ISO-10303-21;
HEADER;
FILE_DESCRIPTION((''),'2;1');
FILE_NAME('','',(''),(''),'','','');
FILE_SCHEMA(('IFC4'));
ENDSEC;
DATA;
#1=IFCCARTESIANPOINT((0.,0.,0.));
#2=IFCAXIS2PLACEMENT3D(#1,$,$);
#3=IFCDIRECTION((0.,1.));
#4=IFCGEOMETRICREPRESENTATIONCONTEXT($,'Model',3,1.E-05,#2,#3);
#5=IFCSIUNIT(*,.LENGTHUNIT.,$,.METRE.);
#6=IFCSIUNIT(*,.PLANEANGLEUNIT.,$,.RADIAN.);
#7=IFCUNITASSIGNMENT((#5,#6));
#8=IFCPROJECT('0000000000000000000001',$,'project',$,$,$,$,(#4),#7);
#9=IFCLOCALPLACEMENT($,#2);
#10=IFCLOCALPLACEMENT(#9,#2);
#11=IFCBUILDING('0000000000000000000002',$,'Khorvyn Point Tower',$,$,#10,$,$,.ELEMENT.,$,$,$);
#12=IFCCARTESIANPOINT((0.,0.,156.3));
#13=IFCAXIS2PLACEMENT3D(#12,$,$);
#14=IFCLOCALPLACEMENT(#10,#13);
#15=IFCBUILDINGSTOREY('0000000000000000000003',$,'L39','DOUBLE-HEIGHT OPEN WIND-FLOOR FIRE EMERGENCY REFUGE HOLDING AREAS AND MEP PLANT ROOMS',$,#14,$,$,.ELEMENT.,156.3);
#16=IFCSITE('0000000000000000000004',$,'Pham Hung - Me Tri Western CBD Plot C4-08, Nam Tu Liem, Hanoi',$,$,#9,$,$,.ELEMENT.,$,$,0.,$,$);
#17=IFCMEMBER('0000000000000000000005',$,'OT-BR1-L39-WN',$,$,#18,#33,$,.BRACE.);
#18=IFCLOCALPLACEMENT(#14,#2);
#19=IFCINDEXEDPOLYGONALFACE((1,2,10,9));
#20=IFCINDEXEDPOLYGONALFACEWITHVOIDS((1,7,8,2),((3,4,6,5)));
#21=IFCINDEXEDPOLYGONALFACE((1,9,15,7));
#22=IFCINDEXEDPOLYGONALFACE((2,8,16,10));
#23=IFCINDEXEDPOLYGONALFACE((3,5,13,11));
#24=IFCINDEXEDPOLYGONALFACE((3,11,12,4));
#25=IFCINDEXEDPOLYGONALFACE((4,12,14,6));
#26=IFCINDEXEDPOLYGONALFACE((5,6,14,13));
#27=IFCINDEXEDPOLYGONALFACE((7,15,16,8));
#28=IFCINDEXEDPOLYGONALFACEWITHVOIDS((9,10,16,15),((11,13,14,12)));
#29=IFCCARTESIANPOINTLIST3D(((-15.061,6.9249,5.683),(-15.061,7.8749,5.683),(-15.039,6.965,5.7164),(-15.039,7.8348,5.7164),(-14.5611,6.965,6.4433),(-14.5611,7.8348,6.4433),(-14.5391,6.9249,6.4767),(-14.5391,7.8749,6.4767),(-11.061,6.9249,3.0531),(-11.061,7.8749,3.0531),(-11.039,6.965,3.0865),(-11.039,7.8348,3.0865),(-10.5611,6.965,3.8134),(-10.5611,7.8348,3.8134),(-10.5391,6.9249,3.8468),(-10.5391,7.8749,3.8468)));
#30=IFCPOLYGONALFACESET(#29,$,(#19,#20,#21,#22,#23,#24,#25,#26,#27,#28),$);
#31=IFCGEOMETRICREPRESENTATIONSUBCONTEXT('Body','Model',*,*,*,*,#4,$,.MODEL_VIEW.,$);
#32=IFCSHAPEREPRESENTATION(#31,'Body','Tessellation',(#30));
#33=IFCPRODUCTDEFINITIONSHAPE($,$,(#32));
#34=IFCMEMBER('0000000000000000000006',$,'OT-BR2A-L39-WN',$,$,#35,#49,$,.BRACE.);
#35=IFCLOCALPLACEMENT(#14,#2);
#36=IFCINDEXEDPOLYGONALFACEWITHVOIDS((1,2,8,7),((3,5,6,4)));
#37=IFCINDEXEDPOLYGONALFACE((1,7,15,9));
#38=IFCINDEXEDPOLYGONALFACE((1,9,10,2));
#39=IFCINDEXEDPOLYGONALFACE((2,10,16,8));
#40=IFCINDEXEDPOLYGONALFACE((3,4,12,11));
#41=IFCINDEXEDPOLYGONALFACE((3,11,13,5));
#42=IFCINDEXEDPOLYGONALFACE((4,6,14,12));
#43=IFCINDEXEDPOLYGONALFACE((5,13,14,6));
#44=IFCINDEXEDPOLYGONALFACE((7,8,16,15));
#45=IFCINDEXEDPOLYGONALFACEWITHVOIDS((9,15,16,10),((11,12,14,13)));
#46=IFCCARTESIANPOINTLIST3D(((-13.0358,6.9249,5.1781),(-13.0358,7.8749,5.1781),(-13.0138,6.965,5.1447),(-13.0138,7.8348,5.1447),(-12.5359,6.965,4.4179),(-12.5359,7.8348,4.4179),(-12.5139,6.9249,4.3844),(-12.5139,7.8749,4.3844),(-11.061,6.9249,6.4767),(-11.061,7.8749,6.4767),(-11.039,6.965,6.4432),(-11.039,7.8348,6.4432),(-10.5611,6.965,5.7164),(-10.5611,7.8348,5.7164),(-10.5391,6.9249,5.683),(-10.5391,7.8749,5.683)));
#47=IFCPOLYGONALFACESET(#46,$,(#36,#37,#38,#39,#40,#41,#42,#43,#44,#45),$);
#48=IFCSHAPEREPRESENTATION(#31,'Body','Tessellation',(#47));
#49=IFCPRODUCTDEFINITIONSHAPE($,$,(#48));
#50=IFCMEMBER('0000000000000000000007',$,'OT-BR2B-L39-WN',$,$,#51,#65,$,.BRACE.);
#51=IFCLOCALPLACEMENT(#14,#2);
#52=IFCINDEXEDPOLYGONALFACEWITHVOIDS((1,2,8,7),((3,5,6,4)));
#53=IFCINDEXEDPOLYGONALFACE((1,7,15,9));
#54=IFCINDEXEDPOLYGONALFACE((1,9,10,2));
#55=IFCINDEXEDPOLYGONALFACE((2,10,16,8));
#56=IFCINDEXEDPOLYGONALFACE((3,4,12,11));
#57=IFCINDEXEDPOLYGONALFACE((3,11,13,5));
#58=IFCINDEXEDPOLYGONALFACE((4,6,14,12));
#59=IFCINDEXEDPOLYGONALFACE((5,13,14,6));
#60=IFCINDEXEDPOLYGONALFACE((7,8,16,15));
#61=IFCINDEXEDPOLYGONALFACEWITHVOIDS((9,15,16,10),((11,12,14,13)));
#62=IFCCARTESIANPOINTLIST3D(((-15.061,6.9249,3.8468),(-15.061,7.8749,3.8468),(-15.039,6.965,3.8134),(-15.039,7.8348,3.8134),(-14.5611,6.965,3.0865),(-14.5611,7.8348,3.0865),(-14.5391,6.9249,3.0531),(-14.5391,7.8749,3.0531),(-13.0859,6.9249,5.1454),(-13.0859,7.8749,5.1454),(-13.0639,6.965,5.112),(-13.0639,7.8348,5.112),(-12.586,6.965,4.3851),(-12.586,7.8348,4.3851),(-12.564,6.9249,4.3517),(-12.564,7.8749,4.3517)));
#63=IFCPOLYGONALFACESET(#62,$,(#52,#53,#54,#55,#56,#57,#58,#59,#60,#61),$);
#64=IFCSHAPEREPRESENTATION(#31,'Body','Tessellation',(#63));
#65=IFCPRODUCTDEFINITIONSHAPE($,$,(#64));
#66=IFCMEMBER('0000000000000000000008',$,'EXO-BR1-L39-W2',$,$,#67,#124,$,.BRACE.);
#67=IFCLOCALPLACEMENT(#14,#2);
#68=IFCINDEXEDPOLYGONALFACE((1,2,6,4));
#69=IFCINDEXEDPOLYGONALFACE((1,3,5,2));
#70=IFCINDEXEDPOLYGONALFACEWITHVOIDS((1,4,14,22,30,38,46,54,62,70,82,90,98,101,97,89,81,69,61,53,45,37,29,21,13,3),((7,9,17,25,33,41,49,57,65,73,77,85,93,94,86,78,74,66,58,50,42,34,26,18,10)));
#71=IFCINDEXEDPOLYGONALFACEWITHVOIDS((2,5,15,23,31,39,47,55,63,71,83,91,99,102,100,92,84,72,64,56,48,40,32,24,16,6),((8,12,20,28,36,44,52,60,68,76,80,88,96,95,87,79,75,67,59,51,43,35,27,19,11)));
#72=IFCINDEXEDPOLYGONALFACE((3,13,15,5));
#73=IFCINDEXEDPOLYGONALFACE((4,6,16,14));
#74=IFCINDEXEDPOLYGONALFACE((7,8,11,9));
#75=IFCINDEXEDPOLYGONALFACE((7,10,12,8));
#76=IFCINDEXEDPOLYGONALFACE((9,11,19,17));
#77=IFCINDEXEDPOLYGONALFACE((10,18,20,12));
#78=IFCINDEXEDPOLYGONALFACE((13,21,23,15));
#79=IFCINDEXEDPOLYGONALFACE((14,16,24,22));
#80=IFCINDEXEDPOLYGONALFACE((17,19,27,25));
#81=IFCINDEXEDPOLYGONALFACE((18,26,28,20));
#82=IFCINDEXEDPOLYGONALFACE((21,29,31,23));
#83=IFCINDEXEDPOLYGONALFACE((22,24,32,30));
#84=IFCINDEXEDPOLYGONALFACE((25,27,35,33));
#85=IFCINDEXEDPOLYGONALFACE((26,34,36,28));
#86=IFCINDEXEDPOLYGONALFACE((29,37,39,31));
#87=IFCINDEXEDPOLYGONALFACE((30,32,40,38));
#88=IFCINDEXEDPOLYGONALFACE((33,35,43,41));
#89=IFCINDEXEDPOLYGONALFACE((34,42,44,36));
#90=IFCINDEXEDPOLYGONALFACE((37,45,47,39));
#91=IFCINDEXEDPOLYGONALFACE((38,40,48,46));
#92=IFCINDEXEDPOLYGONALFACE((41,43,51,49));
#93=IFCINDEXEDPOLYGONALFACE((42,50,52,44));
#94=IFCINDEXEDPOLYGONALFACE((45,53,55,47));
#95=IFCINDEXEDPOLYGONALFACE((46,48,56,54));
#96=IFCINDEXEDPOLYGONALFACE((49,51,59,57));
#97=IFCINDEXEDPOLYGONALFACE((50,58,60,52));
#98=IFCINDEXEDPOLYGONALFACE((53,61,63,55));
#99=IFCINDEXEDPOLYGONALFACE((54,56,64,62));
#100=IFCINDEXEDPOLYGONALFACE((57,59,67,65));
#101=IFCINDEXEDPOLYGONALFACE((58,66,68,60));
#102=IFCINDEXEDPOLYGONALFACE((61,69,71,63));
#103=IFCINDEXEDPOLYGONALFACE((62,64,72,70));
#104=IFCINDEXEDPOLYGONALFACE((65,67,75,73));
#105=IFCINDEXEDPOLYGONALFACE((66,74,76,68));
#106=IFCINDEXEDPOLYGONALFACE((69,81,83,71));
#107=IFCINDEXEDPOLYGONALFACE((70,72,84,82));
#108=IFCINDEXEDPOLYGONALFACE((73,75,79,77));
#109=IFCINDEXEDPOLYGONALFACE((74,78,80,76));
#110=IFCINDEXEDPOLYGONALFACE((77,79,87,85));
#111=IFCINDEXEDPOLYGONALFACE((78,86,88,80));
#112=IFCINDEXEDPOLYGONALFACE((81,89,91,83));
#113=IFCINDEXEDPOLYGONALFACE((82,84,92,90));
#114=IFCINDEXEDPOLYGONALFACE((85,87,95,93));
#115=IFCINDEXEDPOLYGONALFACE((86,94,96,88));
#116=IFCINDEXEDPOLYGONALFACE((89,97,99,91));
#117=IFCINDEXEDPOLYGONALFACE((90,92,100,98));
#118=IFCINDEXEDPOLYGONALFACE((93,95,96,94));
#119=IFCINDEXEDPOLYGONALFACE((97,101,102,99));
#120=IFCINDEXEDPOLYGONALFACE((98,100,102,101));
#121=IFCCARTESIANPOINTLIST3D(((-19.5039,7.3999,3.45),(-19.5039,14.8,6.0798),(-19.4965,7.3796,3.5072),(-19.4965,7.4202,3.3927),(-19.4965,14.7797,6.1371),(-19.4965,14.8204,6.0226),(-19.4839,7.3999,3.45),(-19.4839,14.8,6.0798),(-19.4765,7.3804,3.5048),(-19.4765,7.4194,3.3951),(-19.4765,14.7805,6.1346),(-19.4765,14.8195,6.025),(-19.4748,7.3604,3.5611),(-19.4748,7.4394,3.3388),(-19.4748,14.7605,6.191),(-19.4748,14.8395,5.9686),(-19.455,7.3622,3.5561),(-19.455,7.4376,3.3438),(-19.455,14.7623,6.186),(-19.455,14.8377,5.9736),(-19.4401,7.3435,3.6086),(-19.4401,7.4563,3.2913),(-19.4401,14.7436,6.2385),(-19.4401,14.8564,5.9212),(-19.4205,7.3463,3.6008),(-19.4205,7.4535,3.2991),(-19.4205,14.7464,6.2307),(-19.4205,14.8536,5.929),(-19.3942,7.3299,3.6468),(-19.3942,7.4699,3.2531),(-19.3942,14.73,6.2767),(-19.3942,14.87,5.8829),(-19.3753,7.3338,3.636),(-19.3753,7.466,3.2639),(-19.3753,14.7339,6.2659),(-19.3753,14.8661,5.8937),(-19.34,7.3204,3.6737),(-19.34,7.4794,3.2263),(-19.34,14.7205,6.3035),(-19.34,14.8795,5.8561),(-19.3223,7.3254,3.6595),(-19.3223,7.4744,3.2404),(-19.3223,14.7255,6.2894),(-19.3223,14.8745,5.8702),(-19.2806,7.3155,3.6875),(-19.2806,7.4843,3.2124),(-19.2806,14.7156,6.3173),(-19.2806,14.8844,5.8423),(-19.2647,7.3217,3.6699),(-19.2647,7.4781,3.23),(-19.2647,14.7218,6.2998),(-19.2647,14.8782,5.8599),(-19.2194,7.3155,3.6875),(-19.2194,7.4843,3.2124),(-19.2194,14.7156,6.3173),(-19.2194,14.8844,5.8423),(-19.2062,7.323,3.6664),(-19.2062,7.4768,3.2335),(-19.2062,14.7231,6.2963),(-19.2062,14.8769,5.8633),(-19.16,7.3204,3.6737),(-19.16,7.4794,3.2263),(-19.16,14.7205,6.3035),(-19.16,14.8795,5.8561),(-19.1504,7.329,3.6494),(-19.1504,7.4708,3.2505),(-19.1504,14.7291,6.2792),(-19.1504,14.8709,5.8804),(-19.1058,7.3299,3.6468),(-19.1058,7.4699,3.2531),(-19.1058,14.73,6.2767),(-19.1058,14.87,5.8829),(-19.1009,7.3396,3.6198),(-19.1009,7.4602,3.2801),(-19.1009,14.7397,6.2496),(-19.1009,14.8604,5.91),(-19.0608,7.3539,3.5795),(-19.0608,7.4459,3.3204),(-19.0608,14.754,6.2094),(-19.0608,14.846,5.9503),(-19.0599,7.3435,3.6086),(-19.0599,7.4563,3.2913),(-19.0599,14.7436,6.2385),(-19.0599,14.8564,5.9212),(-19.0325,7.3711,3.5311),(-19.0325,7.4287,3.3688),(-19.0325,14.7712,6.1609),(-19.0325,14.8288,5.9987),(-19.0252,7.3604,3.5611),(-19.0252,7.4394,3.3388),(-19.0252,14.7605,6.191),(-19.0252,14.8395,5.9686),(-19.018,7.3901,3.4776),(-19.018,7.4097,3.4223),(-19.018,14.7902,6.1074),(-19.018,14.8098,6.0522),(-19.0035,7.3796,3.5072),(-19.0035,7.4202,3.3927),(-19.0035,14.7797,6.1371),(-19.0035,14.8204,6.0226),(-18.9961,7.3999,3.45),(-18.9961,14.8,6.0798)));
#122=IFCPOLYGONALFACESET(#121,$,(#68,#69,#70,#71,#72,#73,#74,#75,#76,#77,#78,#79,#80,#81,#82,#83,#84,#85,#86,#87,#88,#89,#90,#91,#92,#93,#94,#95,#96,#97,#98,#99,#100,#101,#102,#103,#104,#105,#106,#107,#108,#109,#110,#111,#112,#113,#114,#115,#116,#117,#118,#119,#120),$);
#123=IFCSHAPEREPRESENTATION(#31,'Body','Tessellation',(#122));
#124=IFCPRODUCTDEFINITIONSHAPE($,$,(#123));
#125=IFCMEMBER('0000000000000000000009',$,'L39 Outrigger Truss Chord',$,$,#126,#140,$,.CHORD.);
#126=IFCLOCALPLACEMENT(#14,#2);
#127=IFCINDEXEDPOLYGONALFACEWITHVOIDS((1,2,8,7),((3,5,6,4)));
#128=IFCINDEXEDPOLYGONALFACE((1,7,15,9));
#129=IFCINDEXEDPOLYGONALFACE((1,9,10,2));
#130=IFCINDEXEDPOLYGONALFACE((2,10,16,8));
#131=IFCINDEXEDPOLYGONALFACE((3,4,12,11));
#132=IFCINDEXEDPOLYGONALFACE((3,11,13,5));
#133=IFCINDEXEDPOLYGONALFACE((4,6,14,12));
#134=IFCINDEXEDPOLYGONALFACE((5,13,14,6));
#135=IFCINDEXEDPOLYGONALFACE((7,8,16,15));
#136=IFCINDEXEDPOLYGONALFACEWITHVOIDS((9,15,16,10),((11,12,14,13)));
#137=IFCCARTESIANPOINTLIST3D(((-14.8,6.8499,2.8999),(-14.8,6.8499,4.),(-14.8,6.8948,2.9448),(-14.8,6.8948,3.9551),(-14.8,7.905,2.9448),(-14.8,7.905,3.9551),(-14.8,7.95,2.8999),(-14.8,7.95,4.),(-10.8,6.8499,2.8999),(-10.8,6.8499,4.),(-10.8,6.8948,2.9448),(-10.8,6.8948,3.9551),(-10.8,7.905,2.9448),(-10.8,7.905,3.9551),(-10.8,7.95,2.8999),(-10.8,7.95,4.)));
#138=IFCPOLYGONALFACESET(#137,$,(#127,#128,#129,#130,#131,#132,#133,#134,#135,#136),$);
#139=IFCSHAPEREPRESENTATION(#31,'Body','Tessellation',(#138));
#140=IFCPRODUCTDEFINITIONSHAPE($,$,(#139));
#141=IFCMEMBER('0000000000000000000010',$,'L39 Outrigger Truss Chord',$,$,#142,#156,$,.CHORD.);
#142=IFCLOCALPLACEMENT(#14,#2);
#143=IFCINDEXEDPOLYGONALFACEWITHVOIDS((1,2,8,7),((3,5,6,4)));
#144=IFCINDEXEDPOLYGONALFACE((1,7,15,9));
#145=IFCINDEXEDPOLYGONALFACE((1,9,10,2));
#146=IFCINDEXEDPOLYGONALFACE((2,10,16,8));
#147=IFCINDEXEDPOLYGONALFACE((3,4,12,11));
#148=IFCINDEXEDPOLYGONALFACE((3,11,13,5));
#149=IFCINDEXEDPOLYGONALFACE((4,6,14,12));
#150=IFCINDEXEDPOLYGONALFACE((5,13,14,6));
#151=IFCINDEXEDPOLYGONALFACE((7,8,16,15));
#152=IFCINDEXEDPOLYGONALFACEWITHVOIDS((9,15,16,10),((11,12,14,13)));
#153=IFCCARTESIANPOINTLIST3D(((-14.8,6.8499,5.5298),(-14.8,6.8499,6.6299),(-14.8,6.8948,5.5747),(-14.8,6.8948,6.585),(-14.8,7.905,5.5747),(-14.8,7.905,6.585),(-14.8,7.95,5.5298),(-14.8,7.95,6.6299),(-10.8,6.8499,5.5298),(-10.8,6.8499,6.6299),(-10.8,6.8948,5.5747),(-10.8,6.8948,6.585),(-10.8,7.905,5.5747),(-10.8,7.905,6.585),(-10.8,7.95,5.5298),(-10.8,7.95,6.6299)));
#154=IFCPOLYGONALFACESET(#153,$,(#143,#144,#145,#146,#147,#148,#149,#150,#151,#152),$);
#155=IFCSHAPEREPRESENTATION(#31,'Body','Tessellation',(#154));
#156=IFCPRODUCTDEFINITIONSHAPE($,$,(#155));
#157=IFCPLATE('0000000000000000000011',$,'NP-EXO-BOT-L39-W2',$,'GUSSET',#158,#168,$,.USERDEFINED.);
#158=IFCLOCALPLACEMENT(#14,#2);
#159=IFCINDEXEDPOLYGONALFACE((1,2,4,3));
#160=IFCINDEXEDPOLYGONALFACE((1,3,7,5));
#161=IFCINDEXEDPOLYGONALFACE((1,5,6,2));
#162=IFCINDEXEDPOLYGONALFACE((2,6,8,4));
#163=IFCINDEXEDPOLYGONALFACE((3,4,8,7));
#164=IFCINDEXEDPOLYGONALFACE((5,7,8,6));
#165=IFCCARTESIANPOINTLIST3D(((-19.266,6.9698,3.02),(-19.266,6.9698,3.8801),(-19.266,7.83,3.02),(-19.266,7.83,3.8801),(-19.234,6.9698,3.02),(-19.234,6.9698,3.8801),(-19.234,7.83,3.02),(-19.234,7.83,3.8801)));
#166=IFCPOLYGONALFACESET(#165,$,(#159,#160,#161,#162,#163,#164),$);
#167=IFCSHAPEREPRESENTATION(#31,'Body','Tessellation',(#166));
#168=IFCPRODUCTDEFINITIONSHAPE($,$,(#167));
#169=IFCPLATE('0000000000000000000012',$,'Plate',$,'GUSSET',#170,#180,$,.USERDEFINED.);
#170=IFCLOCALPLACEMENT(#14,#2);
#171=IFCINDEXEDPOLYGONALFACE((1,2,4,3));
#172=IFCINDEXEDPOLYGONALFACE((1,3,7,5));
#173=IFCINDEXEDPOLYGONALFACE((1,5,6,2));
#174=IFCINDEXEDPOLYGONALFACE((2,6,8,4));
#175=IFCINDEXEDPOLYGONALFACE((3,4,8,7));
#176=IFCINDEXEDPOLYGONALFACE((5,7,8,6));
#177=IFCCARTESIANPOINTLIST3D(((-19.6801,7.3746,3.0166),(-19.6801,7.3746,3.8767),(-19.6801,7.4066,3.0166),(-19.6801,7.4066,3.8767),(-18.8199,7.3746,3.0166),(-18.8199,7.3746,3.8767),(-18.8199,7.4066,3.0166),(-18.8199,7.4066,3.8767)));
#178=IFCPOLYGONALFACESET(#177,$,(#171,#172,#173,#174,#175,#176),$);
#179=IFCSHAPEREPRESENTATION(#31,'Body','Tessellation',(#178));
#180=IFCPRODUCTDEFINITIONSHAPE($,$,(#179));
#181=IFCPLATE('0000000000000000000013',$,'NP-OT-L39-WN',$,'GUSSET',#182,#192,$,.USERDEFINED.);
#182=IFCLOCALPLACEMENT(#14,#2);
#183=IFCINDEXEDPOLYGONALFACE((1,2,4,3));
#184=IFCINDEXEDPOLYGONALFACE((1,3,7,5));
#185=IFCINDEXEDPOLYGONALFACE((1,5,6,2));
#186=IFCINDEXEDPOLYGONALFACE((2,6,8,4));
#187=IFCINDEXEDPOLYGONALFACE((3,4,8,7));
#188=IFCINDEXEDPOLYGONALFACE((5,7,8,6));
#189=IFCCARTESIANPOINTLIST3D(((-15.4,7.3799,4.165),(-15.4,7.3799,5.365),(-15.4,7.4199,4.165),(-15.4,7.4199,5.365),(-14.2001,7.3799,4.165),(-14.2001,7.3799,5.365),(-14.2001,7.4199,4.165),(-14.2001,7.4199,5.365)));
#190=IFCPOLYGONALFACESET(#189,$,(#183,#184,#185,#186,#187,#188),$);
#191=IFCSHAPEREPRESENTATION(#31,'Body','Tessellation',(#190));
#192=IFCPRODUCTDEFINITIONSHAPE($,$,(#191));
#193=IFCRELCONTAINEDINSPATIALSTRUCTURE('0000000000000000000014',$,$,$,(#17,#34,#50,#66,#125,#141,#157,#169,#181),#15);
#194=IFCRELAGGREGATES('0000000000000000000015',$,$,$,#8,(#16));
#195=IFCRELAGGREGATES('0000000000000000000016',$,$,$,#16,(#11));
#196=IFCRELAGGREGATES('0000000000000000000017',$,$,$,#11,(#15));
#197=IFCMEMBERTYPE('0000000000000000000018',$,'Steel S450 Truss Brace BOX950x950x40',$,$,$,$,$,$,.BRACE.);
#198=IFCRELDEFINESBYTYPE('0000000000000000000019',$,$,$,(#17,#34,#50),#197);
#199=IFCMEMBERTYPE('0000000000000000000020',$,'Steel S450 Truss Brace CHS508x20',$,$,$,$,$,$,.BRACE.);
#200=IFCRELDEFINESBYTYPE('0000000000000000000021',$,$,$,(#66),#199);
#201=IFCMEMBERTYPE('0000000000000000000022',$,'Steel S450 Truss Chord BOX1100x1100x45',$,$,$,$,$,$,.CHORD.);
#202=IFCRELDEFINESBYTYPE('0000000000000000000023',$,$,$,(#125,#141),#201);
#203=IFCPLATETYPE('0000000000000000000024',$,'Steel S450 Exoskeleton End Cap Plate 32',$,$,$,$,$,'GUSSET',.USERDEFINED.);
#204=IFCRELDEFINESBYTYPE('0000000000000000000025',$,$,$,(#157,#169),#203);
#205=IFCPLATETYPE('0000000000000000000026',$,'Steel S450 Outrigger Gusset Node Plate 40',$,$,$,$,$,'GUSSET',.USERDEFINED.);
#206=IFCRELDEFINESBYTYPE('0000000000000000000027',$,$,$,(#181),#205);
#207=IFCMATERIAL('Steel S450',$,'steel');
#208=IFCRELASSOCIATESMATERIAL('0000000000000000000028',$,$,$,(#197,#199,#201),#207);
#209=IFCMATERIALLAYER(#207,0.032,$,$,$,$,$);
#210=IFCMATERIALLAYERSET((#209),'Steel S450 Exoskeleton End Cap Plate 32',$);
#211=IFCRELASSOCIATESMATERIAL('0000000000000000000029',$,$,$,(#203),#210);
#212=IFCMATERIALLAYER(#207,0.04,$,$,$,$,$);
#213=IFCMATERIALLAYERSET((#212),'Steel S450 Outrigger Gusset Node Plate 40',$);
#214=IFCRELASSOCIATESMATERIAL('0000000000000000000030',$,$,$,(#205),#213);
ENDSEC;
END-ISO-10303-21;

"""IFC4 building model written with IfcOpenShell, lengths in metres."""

from ifc_helpers import new_model, si_unit, direction, frame, origin, origin_2d, place, context, subcontext, project, spatial, rectangle, hollow_rectangle, hollow_circle, extrude, material, layer, layer_set, material_profile, profile_set, type_object, element, save


model = new_model("IFC4")

# Units and contexts
model_context = context("Model", 3, precision=1e-05, world=origin(), true_north=direction((0.0, 1.0)))
body_context = subcontext(model_context, "Body", "Model", "MODEL_VIEW")
ifc_project = project(units=[si_unit("LENGTHUNIT", "METRE"), si_unit("PLANEANGLEUNIT", "RADIAN")], contexts=[model_context])

# Site, building, storey
site_placement = place(None, origin())
site = spatial("IfcSite", under=ifc_project, at=site_placement, Name="Pham Hung - Me Tri Western CBD Plot C4-08, Nam Tu Liem, Hanoi", CompositionType="ELEMENT", RefElevation=0.0)
building_placement = place(site_placement, origin())
building = spatial("IfcBuilding", under=site, at=building_placement, Name="Khorvyn Point Tower", CompositionType="ELEMENT")
storey_placement = place(building_placement, frame((0.0, 0.0, 156.3)))
storey = spatial("IfcBuildingStorey", under=building, at=storey_placement, Name="L39", Description="DOUBLE-HEIGHT OPEN WIND-FLOOR FIRE EMERGENCY REFUGE HOLDING AREAS AND MEP PLANT ROOMS", CompositionType="ELEMENT", Elevation=156.3)

# Members
ifc_material_1 = material(Name="Steel S450", Category="steel")
ifc_material_profile_1 = material_profile(ifc_material_1, hollow_rectangle(XDim=0.95, YDim=0.95, WallThickness=0.04, at=origin_2d()))
ifc_profile_set_1 = profile_set([ifc_material_profile_1], Name="Steel S450 BOX950x950x40")
member_type_1 = type_object("IfcMemberType", Name="Steel S450 Truss Brace BOX950x950x40", PredefinedType="BRACE", material=ifc_profile_set_1)
member_1_placement = place(storey_placement, frame((-10.8, 7.3999, 3.45), z_axis=(-0.83558, 0.0, 0.549369), x_axis=(0.0, -1.0, 0.0)))
element("IfcMember", 1, at=member_1_placement, inside=storey, type_object=member_type_1, Name="OT-BR1-L39-WN", PredefinedType="BRACE", context=body_context, shape_type="SweptSolid", body=[
    extrude(hollow_rectangle(XDim=0.95, YDim=0.95, WallThickness=0.04, at=origin_2d()), origin(), (0.0, 0.0, 1.0), 4.7871),
])
member_2_placement = place(storey_placement, frame((-10.8, 7.3999, 6.0798), z_axis=(-0.835546, 0.0, -0.549421), x_axis=(0.0, -1.0, 0.0)))
element("IfcMember", 2, at=member_2_placement, inside=storey, type_object=member_type_1, Name="OT-BR2A-L39-WN", PredefinedType="BRACE", context=body_context, shape_type="SweptSolid", body=[
    extrude(hollow_rectangle(XDim=0.95, YDim=0.95, WallThickness=0.04, at=origin_2d()), origin(), (0.0, 0.0, 1.0), 2.3635),
])
member_3_placement = place(storey_placement, frame((-12.825, 7.3999, 4.7485), z_axis=(-0.835577, 0.0, -0.549374), x_axis=(0.0, -1.0, 0.0)))
element("IfcMember", 3, at=member_3_placement, inside=storey, type_object=member_type_1, Name="OT-BR2B-L39-WN", PredefinedType="BRACE", context=body_context, shape_type="SweptSolid", body=[
    extrude(hollow_rectangle(XDim=0.95, YDim=0.95, WallThickness=0.04, at=origin_2d()), origin(), (0.0, 0.0, 1.0), 2.3638),
])
ifc_material_profile_2 = material_profile(ifc_material_1, hollow_circle(Radius=0.2539, WallThickness=0.02, at=origin_2d()))
ifc_profile_set_2 = profile_set([ifc_material_profile_2], Name="Steel S450 CHS508x20")
member_type_2 = type_object("IfcMemberType", Name="Steel S450 Truss Brace CHS508x20", PredefinedType="BRACE", material=ifc_profile_set_2)
member_4_placement = place(storey_placement, frame((-19.25, 7.3999, 3.45), z_axis=(0.0, 0.942266, 0.334865), x_axis=(-1.0, 0.0, 0.0)))
element("IfcMember", 4, at=member_4_placement, inside=storey, type_object=member_type_2, Name="EXO-BR1-L39-W2", PredefinedType="BRACE", context=body_context, shape_type="SweptSolid", body=[
    extrude(hollow_circle(Radius=0.2539, WallThickness=0.02, at=origin_2d()), origin(), (0.0, 0.0, 1.0), 7.8535),
])
ifc_material_profile_3 = material_profile(ifc_material_1, hollow_rectangle(XDim=1.1001, YDim=1.1001, WallThickness=0.0449, at=origin_2d()))
ifc_profile_set_3 = profile_set([ifc_material_profile_3], Name="Steel S450 BOX1100x1100x45")
member_type_3 = type_object("IfcMemberType", Name="Steel S450 Truss Chord BOX1100x1100x45", PredefinedType="CHORD", material=ifc_profile_set_3)
for number, where, z_axis, x_axis, name in (
    (5, (-10.8, 7.3999, 3.45), (-1.0, 0.0, 0.0), (0.0, -1.0, 0.0), "L39 Outrigger Truss Chord"),
    (6, (-10.8, 7.3999, 6.0798), (-1.0, 0.0, 0.0), (0.0, -1.0, 0.0), "L39 Outrigger Truss Chord"),
):
    element("IfcMember", number, at=place(storey_placement, frame(where, z_axis=z_axis, x_axis=x_axis)), inside=storey, type_object=member_type_3, Name=name, PredefinedType="CHORD", context=body_context, shape_type="SweptSolid", body=[
        extrude(hollow_rectangle(XDim=1.1001, YDim=1.1001, WallThickness=0.0449, at=origin_2d()), origin(), (0.0, 0.0, 1.0), 4.0),
    ])

# Plates
ifc_layer_1 = layer(ifc_material_1, 0.032)
ifc_layer_set_1 = layer_set([ifc_layer_1], Name="Steel S450 Exoskeleton End Cap Plate 32")
plate_type_1 = type_object("IfcPlateType", Name="Steel S450 Exoskeleton End Cap Plate 32", ElementType="GUSSET", PredefinedType="USERDEFINED", material=ifc_layer_set_1)
plate_1_placement = place(storey_placement, frame((-19.25, 7.3999, 3.02), z_axis=(0.0, 0.0, 1.0), x_axis=(1.0, 0.0, 0.0)))
element("IfcPlate", 7, at=plate_1_placement, inside=storey, type_object=plate_type_1, Name="NP-EXO-BOT-L39-W2", ObjectType="GUSSET", PredefinedType="USERDEFINED", context=body_context, shape_type="SweptSolid", body=[
    extrude(rectangle(XDim=0.032, YDim=0.8601, at=origin_2d()), origin(), (0.0, 0.0, 1.0), 0.8601),
])
plate_2_placement = place(storey_placement, frame((-19.25, 7.3906, 3.0166), z_axis=(0.0, 0.0, 1.0), x_axis=(1.0, 0.0, 0.0)))
element("IfcPlate", 8, at=plate_2_placement, inside=storey, type_object=plate_type_1, Name="Plate", ObjectType="GUSSET", PredefinedType="USERDEFINED", context=body_context, shape_type="SweptSolid", body=[
    extrude(rectangle(XDim=0.8601, YDim=0.032, at=origin_2d()), origin(), (0.0, 0.0, 1.0), 0.8601),
])
ifc_layer_2 = layer(ifc_material_1, 0.04)
ifc_layer_set_2 = layer_set([ifc_layer_2], Name="Steel S450 Outrigger Gusset Node Plate 40")
plate_type_2 = type_object("IfcPlateType", Name="Steel S450 Outrigger Gusset Node Plate 40", ElementType="GUSSET", PredefinedType="USERDEFINED", material=ifc_layer_set_2)
for number, where, z_axis, x_axis, name in (
    (9, (-14.8, 7.3999, 4.165), (0.0, 0.0, 1.0), (1.0, 0.0, 0.0), "NP-OT-L39-WN"),
):
    element("IfcPlate", number, at=place(storey_placement, frame(where, z_axis=z_axis, x_axis=x_axis)), inside=storey, type_object=plate_type_2, Name=name, ObjectType="GUSSET", PredefinedType="USERDEFINED", context=body_context, shape_type="SweptSolid", body=[
        extrude(rectangle(XDim=1.2, YDim=0.04, at=origin_2d()), origin(), (0.0, 0.0, 1.0), 1.2),
    ])

save(model, "model.ifc")
